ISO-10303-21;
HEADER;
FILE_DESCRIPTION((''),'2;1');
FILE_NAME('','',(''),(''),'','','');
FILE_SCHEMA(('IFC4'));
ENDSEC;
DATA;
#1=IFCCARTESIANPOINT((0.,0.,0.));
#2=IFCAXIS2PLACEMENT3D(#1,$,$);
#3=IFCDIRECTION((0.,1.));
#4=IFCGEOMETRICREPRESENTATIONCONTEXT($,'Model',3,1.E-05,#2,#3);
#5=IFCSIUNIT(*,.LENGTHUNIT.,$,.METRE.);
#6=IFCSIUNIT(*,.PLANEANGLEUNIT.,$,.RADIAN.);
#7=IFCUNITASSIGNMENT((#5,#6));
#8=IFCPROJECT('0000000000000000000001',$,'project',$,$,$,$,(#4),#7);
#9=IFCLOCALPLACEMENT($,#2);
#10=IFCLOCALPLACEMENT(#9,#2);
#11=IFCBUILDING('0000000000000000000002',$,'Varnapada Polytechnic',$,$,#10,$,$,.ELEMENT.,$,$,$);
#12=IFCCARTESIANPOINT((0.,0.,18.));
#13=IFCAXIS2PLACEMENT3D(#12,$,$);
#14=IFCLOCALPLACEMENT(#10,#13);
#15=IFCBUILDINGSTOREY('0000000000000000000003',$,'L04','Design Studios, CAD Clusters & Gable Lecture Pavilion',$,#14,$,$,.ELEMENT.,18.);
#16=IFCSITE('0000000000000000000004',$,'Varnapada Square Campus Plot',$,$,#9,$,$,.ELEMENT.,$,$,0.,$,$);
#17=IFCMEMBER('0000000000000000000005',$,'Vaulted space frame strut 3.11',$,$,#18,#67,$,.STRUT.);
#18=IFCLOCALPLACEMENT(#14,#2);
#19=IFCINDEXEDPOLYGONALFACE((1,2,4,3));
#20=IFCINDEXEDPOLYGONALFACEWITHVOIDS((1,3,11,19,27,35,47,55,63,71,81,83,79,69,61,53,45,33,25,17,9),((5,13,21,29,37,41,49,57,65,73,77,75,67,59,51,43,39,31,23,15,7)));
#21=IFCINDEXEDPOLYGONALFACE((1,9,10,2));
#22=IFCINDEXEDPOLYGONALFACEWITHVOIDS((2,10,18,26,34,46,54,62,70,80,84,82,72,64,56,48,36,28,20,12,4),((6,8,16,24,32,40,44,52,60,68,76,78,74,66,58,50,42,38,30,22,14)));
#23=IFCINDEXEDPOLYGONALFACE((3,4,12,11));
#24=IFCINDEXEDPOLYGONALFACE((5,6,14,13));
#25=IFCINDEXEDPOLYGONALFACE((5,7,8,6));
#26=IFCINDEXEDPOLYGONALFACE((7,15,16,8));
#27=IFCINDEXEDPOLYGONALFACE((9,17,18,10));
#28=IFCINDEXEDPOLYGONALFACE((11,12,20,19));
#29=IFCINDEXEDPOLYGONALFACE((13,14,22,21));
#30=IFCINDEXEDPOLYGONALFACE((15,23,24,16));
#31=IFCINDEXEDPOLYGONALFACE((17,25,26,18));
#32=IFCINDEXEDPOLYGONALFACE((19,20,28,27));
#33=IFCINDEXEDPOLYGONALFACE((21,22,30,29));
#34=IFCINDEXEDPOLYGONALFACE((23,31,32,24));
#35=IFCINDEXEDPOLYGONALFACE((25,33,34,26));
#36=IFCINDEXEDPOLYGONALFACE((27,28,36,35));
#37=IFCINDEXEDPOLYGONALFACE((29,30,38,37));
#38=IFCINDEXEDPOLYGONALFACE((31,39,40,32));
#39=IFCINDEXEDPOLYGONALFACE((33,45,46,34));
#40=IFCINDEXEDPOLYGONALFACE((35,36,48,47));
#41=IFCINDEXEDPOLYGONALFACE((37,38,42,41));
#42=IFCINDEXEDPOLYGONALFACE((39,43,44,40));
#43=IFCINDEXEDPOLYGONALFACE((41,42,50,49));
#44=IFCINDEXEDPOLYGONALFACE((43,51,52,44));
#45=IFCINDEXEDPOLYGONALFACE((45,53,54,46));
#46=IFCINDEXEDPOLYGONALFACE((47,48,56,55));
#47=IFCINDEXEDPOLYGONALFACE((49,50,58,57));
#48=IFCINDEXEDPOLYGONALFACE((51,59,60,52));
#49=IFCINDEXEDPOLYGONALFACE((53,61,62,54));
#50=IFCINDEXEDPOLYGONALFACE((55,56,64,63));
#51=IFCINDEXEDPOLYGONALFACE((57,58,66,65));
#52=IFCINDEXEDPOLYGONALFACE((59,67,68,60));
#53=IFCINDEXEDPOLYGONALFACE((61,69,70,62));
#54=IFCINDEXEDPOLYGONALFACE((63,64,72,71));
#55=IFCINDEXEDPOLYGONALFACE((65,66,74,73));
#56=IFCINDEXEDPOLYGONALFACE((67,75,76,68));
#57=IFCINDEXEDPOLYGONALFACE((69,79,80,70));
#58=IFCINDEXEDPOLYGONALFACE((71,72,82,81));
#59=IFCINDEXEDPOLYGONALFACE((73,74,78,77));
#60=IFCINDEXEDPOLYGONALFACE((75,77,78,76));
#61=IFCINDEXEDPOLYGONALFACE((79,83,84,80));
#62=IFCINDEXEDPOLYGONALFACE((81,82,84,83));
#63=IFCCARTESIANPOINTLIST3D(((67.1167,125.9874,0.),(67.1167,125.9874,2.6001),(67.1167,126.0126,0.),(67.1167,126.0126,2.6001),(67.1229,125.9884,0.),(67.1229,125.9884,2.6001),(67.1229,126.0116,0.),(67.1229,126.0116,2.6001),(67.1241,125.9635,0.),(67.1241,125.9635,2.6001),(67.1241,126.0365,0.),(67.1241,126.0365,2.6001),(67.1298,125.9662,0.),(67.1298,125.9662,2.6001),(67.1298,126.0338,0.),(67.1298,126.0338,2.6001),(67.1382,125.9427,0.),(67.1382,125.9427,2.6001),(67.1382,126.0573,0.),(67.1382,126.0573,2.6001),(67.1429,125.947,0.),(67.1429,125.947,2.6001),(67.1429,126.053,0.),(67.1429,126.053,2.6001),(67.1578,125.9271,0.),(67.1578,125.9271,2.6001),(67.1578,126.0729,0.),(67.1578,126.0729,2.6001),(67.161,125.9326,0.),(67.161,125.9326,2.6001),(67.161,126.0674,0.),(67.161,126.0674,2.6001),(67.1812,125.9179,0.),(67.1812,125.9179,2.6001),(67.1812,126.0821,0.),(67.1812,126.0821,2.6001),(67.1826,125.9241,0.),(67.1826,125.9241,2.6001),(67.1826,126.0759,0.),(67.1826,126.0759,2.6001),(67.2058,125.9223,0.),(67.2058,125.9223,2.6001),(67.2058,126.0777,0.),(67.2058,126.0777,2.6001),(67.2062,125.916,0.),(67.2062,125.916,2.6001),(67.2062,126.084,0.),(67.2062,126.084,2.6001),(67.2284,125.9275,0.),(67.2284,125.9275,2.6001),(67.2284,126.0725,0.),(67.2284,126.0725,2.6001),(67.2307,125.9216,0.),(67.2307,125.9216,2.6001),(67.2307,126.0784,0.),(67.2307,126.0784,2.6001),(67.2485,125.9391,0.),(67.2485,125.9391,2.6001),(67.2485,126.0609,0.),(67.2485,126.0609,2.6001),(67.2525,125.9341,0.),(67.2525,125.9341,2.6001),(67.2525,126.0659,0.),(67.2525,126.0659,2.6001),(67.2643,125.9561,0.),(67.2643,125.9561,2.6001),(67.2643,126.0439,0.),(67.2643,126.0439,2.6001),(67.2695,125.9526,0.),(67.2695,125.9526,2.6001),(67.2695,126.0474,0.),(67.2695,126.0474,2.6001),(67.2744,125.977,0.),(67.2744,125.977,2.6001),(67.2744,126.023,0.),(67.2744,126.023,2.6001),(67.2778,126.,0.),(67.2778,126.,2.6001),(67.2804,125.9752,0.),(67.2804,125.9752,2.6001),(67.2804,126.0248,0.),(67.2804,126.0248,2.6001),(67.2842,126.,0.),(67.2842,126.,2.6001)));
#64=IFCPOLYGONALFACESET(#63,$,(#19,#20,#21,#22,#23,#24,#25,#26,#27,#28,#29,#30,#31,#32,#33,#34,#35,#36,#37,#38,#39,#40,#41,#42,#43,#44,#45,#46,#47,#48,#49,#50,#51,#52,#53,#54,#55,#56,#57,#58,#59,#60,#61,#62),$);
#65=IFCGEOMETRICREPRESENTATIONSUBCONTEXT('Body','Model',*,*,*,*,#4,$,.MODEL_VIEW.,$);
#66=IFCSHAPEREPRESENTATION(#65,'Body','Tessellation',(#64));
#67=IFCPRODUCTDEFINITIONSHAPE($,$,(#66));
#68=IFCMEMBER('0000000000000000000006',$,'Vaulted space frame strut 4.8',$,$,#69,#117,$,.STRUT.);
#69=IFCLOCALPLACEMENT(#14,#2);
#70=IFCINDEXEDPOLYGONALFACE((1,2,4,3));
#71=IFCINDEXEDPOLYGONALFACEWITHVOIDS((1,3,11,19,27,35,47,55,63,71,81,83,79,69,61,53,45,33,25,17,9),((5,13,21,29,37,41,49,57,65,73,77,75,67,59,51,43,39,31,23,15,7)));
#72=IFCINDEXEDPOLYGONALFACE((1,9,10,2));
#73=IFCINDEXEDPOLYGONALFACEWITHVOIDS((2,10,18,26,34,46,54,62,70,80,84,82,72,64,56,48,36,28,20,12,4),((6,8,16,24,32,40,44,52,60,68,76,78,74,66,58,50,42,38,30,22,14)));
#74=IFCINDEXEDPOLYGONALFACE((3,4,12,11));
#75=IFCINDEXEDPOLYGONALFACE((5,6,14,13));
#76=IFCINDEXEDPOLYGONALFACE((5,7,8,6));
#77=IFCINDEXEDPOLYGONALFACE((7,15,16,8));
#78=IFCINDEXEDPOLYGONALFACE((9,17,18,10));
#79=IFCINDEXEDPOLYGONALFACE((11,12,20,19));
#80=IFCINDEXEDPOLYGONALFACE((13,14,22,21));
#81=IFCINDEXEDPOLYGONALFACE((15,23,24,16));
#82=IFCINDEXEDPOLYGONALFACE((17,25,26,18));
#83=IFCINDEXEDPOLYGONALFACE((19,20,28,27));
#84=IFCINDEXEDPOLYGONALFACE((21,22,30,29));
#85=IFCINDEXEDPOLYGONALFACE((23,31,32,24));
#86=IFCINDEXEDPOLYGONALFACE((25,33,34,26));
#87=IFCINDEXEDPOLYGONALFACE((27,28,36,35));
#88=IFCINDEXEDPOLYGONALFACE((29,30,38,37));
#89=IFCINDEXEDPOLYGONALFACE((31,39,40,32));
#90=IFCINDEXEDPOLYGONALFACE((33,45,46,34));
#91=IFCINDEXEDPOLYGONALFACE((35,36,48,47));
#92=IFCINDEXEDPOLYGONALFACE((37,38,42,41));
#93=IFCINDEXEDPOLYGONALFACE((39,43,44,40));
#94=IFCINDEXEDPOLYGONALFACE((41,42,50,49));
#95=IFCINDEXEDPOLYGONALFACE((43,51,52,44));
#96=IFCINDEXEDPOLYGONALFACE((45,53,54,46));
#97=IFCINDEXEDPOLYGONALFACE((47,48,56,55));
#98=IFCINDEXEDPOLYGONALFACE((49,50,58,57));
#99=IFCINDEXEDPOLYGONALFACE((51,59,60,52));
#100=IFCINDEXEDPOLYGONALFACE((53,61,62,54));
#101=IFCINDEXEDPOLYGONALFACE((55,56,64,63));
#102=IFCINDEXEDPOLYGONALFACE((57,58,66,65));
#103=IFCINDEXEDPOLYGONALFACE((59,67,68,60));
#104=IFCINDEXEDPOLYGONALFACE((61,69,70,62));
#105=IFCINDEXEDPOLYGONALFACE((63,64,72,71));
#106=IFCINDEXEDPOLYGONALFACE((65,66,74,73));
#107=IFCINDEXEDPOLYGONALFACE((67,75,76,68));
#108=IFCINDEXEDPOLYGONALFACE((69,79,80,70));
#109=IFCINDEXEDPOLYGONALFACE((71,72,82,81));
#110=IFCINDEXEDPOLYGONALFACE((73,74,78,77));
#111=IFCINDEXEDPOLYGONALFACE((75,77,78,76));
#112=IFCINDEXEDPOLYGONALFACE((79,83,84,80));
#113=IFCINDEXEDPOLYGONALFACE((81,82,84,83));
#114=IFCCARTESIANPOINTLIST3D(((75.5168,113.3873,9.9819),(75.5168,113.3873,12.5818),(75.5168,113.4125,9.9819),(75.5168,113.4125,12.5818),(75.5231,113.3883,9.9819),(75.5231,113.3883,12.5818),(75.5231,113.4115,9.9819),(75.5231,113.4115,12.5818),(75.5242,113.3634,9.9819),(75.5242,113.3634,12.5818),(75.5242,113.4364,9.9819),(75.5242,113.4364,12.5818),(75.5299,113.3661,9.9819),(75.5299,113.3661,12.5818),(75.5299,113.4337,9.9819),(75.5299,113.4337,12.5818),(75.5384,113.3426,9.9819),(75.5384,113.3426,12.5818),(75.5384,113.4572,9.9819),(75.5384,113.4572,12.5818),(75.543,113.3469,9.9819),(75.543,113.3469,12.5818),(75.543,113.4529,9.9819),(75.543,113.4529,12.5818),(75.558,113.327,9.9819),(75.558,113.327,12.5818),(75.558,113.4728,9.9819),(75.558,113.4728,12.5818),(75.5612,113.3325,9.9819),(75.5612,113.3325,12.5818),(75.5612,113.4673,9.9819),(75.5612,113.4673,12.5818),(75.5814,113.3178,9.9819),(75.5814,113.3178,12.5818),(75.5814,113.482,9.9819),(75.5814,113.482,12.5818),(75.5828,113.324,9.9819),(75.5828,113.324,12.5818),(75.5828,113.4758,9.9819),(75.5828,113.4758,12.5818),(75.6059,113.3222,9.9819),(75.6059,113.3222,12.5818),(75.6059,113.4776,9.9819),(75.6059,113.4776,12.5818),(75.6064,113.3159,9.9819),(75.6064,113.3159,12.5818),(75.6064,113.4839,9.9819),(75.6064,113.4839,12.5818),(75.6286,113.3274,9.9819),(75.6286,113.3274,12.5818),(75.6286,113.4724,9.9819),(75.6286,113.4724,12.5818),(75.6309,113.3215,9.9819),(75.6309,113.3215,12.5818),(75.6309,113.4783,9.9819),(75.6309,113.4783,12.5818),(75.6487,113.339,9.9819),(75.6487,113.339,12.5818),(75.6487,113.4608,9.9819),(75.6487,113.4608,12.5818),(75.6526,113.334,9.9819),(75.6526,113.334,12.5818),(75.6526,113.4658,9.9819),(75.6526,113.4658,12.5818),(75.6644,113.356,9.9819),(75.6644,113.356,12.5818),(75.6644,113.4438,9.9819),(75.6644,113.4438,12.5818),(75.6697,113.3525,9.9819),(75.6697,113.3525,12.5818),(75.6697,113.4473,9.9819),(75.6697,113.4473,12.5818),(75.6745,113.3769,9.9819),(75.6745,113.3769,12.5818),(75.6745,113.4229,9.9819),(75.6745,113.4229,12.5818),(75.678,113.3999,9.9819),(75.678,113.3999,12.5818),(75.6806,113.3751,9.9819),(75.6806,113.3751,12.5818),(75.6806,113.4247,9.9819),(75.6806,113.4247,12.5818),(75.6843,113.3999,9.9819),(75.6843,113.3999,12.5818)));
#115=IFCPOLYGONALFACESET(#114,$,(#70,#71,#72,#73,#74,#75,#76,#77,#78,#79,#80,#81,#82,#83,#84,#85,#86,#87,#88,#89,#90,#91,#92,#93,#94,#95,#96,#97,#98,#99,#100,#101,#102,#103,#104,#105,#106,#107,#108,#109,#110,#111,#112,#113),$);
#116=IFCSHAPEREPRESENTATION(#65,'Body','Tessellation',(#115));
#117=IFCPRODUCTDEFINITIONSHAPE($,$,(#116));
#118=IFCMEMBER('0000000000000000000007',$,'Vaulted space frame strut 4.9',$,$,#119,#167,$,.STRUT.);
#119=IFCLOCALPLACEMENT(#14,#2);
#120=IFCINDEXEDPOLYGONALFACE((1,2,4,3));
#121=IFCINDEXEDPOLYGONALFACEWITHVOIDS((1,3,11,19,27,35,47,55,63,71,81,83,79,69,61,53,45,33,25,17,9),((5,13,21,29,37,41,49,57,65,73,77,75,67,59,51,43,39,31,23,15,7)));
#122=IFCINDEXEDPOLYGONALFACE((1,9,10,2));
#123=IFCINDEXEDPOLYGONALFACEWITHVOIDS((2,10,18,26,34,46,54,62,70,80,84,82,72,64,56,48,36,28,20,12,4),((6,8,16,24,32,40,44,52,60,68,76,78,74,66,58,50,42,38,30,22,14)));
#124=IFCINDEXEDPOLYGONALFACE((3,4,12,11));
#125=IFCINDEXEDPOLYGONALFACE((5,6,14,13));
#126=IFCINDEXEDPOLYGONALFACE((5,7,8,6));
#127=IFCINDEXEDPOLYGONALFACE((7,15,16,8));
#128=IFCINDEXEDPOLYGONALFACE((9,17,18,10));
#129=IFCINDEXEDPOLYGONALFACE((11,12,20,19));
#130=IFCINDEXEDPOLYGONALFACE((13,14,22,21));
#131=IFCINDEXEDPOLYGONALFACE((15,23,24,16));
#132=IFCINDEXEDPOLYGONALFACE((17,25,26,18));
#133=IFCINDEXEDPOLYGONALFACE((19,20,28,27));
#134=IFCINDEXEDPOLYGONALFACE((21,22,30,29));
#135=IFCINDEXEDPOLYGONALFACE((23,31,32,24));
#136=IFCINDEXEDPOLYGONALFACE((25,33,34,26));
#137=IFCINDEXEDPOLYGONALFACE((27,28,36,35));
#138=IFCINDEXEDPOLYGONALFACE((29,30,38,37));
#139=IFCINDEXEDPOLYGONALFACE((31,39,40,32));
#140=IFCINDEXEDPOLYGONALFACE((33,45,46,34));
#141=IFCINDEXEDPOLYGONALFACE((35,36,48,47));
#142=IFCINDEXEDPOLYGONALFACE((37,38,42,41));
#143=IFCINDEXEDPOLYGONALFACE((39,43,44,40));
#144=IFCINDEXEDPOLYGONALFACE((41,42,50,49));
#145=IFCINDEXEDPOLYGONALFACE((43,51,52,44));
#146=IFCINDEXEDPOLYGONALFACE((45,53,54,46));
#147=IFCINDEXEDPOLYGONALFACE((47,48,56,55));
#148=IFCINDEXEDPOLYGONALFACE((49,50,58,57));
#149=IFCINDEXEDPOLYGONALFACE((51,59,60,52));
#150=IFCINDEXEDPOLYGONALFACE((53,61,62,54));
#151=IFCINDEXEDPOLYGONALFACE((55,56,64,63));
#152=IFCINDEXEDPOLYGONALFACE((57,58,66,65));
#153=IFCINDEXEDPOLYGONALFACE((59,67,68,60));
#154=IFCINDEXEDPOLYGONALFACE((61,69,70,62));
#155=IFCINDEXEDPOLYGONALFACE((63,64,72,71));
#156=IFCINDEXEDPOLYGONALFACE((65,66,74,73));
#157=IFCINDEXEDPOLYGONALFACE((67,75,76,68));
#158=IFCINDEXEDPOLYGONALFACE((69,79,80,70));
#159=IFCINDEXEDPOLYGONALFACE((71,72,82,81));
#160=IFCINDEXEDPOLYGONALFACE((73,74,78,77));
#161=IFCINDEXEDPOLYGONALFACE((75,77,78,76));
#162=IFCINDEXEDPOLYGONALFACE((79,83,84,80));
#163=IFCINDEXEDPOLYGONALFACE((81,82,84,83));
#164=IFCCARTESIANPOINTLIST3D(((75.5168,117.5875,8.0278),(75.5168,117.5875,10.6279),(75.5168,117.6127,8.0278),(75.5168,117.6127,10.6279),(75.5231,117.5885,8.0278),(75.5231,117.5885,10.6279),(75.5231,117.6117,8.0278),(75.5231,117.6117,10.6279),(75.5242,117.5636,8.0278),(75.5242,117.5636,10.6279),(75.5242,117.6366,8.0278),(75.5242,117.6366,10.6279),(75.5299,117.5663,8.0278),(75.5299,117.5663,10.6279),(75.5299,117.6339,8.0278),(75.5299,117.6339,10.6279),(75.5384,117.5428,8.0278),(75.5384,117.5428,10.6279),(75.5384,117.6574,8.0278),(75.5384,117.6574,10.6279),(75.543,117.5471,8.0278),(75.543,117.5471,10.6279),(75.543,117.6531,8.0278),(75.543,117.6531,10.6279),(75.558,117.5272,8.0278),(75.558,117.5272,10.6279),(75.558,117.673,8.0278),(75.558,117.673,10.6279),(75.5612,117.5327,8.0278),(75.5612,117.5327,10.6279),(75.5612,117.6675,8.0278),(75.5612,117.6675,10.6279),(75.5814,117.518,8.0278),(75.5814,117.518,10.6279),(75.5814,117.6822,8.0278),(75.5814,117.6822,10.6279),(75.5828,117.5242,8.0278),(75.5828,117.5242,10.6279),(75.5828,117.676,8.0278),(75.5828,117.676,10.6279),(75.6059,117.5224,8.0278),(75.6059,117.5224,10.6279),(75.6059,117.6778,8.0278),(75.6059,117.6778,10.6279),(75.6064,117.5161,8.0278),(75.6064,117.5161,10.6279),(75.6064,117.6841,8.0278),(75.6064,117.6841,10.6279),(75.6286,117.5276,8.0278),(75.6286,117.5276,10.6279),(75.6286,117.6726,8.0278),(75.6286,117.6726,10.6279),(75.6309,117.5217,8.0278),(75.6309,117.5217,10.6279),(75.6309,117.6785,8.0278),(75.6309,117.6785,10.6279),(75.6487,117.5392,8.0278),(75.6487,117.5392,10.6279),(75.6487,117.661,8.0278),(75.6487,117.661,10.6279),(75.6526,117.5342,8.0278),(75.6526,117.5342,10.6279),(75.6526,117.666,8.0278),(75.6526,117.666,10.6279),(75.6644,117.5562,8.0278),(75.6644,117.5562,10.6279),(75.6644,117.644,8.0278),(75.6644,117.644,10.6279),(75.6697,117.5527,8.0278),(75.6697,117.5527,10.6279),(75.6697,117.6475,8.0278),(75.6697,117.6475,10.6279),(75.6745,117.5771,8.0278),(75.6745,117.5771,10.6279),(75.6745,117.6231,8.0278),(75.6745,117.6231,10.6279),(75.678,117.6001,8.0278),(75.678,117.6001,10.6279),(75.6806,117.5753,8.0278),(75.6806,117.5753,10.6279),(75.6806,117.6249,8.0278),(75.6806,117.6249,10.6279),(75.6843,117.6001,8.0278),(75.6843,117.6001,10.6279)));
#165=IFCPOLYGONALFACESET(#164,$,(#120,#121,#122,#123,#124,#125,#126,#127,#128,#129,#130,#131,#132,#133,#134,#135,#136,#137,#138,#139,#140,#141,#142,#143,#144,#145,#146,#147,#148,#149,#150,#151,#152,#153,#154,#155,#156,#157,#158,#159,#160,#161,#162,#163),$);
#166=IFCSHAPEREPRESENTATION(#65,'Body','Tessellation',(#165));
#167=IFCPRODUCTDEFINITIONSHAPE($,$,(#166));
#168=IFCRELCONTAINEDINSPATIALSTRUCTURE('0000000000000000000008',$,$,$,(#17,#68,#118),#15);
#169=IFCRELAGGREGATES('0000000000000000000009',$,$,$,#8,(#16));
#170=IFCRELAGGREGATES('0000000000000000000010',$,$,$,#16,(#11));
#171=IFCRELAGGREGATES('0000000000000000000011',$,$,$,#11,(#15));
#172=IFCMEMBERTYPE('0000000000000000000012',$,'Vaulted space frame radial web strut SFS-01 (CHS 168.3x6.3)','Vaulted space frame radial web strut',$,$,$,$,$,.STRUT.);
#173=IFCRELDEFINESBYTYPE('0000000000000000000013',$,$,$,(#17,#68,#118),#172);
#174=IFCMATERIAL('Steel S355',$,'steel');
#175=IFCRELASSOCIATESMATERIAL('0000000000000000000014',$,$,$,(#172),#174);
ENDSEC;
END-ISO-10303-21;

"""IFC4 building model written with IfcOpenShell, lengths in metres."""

from ifc_helpers import new_model, si_unit, direction, frame, origin, origin_2d, place, context, subcontext, project, spatial, hollow_circle, extrude, material, material_profile, profile_set, type_object, element, save


model = new_model("IFC4")

# Units and contexts
model_context = context("Model", 3, precision=1e-05, world=origin(), true_north=direction((0.0, 1.0)))
body_context = subcontext(model_context, "Body", "Model", "MODEL_VIEW")
ifc_project = project(units=[si_unit("LENGTHUNIT", "METRE"), si_unit("PLANEANGLEUNIT", "RADIAN")], contexts=[model_context])

# Site, building, storey
site_placement = place(None, origin())
site = spatial("IfcSite", under=ifc_project, at=site_placement, Name="Varnapada Square Campus Plot", CompositionType="ELEMENT", RefElevation=0.0)
building_placement = place(site_placement, origin())
building = spatial("IfcBuilding", under=site, at=building_placement, Name="Varnapada Polytechnic", CompositionType="ELEMENT")
storey_placement = place(building_placement, frame((0.0, 0.0, 18.0)))
storey = spatial("IfcBuildingStorey", under=building, at=storey_placement, Name="L04", Description="Design Studios, CAD Clusters & Gable Lecture Pavilion", CompositionType="ELEMENT", Elevation=18.0)

# Shared definitions
ifc_material = material(Name="Steel S355", Category="steel")

# Members
ifc_material_profile_1 = material_profile(ifc_material, hollow_circle(Radius=0.0842, WallThickness=0.0063, at=origin_2d()), Name="CHS 168.3x6.3")
ifc_profile_set_1 = profile_set([ifc_material_profile_1], Name="Steel S355")
member_type_1 = type_object("IfcMemberType", Name="Vaulted space frame radial web strut SFS-01 (CHS 168.3x6.3)", Description="Vaulted space frame radial web strut", PredefinedType="STRUT", material=ifc_profile_set_1)
member_1_placement = place(storey_placement, frame((67.2, 126.0, 0.0), z_axis=(0.0, 0.0, 1.0), x_axis=(1.0, 0.0, 0.0)))
element("IfcMember", 1, at=member_1_placement, inside=storey, type_object=member_type_1, Name="Vaulted space frame strut 3.11", PredefinedType="STRUT", context=body_context, shape_type="SweptSolid", body=[
    extrude(hollow_circle(Radius=0.0842, WallThickness=0.0063, at=origin_2d()), origin(), (0.0, 0.0, 1.0), 2.6001),
])
member_2_placement = place(storey_placement, frame((75.6001, 113.3999, 9.9819), z_axis=(0.0, 0.0, 1.0), x_axis=(1.0, 0.0, 0.0)))
element("IfcMember", 2, at=member_2_placement, inside=storey, type_object=member_type_1, Name="Vaulted space frame strut 4.8", PredefinedType="STRUT", context=body_context, shape_type="SweptSolid", body=[
    extrude(hollow_circle(Radius=0.0842, WallThickness=0.0063, at=origin_2d()), origin(), (0.0, 0.0, 1.0), 2.5999),
])
member_3_placement = place(storey_placement, frame((75.6001, 117.6001, 8.0278), z_axis=(0.0, 0.0, 1.0), x_axis=(1.0, 0.0, 0.0)))
element("IfcMember", 3, at=member_3_placement, inside=storey, type_object=member_type_1, Name="Vaulted space frame strut 4.9", PredefinedType="STRUT", context=body_context, shape_type="SweptSolid", body=[
    extrude(hollow_circle(Radius=0.0842, WallThickness=0.0063, at=origin_2d()), origin(), (0.0, 0.0, 1.0), 2.6001),
])

save(model, "model.ifc")
